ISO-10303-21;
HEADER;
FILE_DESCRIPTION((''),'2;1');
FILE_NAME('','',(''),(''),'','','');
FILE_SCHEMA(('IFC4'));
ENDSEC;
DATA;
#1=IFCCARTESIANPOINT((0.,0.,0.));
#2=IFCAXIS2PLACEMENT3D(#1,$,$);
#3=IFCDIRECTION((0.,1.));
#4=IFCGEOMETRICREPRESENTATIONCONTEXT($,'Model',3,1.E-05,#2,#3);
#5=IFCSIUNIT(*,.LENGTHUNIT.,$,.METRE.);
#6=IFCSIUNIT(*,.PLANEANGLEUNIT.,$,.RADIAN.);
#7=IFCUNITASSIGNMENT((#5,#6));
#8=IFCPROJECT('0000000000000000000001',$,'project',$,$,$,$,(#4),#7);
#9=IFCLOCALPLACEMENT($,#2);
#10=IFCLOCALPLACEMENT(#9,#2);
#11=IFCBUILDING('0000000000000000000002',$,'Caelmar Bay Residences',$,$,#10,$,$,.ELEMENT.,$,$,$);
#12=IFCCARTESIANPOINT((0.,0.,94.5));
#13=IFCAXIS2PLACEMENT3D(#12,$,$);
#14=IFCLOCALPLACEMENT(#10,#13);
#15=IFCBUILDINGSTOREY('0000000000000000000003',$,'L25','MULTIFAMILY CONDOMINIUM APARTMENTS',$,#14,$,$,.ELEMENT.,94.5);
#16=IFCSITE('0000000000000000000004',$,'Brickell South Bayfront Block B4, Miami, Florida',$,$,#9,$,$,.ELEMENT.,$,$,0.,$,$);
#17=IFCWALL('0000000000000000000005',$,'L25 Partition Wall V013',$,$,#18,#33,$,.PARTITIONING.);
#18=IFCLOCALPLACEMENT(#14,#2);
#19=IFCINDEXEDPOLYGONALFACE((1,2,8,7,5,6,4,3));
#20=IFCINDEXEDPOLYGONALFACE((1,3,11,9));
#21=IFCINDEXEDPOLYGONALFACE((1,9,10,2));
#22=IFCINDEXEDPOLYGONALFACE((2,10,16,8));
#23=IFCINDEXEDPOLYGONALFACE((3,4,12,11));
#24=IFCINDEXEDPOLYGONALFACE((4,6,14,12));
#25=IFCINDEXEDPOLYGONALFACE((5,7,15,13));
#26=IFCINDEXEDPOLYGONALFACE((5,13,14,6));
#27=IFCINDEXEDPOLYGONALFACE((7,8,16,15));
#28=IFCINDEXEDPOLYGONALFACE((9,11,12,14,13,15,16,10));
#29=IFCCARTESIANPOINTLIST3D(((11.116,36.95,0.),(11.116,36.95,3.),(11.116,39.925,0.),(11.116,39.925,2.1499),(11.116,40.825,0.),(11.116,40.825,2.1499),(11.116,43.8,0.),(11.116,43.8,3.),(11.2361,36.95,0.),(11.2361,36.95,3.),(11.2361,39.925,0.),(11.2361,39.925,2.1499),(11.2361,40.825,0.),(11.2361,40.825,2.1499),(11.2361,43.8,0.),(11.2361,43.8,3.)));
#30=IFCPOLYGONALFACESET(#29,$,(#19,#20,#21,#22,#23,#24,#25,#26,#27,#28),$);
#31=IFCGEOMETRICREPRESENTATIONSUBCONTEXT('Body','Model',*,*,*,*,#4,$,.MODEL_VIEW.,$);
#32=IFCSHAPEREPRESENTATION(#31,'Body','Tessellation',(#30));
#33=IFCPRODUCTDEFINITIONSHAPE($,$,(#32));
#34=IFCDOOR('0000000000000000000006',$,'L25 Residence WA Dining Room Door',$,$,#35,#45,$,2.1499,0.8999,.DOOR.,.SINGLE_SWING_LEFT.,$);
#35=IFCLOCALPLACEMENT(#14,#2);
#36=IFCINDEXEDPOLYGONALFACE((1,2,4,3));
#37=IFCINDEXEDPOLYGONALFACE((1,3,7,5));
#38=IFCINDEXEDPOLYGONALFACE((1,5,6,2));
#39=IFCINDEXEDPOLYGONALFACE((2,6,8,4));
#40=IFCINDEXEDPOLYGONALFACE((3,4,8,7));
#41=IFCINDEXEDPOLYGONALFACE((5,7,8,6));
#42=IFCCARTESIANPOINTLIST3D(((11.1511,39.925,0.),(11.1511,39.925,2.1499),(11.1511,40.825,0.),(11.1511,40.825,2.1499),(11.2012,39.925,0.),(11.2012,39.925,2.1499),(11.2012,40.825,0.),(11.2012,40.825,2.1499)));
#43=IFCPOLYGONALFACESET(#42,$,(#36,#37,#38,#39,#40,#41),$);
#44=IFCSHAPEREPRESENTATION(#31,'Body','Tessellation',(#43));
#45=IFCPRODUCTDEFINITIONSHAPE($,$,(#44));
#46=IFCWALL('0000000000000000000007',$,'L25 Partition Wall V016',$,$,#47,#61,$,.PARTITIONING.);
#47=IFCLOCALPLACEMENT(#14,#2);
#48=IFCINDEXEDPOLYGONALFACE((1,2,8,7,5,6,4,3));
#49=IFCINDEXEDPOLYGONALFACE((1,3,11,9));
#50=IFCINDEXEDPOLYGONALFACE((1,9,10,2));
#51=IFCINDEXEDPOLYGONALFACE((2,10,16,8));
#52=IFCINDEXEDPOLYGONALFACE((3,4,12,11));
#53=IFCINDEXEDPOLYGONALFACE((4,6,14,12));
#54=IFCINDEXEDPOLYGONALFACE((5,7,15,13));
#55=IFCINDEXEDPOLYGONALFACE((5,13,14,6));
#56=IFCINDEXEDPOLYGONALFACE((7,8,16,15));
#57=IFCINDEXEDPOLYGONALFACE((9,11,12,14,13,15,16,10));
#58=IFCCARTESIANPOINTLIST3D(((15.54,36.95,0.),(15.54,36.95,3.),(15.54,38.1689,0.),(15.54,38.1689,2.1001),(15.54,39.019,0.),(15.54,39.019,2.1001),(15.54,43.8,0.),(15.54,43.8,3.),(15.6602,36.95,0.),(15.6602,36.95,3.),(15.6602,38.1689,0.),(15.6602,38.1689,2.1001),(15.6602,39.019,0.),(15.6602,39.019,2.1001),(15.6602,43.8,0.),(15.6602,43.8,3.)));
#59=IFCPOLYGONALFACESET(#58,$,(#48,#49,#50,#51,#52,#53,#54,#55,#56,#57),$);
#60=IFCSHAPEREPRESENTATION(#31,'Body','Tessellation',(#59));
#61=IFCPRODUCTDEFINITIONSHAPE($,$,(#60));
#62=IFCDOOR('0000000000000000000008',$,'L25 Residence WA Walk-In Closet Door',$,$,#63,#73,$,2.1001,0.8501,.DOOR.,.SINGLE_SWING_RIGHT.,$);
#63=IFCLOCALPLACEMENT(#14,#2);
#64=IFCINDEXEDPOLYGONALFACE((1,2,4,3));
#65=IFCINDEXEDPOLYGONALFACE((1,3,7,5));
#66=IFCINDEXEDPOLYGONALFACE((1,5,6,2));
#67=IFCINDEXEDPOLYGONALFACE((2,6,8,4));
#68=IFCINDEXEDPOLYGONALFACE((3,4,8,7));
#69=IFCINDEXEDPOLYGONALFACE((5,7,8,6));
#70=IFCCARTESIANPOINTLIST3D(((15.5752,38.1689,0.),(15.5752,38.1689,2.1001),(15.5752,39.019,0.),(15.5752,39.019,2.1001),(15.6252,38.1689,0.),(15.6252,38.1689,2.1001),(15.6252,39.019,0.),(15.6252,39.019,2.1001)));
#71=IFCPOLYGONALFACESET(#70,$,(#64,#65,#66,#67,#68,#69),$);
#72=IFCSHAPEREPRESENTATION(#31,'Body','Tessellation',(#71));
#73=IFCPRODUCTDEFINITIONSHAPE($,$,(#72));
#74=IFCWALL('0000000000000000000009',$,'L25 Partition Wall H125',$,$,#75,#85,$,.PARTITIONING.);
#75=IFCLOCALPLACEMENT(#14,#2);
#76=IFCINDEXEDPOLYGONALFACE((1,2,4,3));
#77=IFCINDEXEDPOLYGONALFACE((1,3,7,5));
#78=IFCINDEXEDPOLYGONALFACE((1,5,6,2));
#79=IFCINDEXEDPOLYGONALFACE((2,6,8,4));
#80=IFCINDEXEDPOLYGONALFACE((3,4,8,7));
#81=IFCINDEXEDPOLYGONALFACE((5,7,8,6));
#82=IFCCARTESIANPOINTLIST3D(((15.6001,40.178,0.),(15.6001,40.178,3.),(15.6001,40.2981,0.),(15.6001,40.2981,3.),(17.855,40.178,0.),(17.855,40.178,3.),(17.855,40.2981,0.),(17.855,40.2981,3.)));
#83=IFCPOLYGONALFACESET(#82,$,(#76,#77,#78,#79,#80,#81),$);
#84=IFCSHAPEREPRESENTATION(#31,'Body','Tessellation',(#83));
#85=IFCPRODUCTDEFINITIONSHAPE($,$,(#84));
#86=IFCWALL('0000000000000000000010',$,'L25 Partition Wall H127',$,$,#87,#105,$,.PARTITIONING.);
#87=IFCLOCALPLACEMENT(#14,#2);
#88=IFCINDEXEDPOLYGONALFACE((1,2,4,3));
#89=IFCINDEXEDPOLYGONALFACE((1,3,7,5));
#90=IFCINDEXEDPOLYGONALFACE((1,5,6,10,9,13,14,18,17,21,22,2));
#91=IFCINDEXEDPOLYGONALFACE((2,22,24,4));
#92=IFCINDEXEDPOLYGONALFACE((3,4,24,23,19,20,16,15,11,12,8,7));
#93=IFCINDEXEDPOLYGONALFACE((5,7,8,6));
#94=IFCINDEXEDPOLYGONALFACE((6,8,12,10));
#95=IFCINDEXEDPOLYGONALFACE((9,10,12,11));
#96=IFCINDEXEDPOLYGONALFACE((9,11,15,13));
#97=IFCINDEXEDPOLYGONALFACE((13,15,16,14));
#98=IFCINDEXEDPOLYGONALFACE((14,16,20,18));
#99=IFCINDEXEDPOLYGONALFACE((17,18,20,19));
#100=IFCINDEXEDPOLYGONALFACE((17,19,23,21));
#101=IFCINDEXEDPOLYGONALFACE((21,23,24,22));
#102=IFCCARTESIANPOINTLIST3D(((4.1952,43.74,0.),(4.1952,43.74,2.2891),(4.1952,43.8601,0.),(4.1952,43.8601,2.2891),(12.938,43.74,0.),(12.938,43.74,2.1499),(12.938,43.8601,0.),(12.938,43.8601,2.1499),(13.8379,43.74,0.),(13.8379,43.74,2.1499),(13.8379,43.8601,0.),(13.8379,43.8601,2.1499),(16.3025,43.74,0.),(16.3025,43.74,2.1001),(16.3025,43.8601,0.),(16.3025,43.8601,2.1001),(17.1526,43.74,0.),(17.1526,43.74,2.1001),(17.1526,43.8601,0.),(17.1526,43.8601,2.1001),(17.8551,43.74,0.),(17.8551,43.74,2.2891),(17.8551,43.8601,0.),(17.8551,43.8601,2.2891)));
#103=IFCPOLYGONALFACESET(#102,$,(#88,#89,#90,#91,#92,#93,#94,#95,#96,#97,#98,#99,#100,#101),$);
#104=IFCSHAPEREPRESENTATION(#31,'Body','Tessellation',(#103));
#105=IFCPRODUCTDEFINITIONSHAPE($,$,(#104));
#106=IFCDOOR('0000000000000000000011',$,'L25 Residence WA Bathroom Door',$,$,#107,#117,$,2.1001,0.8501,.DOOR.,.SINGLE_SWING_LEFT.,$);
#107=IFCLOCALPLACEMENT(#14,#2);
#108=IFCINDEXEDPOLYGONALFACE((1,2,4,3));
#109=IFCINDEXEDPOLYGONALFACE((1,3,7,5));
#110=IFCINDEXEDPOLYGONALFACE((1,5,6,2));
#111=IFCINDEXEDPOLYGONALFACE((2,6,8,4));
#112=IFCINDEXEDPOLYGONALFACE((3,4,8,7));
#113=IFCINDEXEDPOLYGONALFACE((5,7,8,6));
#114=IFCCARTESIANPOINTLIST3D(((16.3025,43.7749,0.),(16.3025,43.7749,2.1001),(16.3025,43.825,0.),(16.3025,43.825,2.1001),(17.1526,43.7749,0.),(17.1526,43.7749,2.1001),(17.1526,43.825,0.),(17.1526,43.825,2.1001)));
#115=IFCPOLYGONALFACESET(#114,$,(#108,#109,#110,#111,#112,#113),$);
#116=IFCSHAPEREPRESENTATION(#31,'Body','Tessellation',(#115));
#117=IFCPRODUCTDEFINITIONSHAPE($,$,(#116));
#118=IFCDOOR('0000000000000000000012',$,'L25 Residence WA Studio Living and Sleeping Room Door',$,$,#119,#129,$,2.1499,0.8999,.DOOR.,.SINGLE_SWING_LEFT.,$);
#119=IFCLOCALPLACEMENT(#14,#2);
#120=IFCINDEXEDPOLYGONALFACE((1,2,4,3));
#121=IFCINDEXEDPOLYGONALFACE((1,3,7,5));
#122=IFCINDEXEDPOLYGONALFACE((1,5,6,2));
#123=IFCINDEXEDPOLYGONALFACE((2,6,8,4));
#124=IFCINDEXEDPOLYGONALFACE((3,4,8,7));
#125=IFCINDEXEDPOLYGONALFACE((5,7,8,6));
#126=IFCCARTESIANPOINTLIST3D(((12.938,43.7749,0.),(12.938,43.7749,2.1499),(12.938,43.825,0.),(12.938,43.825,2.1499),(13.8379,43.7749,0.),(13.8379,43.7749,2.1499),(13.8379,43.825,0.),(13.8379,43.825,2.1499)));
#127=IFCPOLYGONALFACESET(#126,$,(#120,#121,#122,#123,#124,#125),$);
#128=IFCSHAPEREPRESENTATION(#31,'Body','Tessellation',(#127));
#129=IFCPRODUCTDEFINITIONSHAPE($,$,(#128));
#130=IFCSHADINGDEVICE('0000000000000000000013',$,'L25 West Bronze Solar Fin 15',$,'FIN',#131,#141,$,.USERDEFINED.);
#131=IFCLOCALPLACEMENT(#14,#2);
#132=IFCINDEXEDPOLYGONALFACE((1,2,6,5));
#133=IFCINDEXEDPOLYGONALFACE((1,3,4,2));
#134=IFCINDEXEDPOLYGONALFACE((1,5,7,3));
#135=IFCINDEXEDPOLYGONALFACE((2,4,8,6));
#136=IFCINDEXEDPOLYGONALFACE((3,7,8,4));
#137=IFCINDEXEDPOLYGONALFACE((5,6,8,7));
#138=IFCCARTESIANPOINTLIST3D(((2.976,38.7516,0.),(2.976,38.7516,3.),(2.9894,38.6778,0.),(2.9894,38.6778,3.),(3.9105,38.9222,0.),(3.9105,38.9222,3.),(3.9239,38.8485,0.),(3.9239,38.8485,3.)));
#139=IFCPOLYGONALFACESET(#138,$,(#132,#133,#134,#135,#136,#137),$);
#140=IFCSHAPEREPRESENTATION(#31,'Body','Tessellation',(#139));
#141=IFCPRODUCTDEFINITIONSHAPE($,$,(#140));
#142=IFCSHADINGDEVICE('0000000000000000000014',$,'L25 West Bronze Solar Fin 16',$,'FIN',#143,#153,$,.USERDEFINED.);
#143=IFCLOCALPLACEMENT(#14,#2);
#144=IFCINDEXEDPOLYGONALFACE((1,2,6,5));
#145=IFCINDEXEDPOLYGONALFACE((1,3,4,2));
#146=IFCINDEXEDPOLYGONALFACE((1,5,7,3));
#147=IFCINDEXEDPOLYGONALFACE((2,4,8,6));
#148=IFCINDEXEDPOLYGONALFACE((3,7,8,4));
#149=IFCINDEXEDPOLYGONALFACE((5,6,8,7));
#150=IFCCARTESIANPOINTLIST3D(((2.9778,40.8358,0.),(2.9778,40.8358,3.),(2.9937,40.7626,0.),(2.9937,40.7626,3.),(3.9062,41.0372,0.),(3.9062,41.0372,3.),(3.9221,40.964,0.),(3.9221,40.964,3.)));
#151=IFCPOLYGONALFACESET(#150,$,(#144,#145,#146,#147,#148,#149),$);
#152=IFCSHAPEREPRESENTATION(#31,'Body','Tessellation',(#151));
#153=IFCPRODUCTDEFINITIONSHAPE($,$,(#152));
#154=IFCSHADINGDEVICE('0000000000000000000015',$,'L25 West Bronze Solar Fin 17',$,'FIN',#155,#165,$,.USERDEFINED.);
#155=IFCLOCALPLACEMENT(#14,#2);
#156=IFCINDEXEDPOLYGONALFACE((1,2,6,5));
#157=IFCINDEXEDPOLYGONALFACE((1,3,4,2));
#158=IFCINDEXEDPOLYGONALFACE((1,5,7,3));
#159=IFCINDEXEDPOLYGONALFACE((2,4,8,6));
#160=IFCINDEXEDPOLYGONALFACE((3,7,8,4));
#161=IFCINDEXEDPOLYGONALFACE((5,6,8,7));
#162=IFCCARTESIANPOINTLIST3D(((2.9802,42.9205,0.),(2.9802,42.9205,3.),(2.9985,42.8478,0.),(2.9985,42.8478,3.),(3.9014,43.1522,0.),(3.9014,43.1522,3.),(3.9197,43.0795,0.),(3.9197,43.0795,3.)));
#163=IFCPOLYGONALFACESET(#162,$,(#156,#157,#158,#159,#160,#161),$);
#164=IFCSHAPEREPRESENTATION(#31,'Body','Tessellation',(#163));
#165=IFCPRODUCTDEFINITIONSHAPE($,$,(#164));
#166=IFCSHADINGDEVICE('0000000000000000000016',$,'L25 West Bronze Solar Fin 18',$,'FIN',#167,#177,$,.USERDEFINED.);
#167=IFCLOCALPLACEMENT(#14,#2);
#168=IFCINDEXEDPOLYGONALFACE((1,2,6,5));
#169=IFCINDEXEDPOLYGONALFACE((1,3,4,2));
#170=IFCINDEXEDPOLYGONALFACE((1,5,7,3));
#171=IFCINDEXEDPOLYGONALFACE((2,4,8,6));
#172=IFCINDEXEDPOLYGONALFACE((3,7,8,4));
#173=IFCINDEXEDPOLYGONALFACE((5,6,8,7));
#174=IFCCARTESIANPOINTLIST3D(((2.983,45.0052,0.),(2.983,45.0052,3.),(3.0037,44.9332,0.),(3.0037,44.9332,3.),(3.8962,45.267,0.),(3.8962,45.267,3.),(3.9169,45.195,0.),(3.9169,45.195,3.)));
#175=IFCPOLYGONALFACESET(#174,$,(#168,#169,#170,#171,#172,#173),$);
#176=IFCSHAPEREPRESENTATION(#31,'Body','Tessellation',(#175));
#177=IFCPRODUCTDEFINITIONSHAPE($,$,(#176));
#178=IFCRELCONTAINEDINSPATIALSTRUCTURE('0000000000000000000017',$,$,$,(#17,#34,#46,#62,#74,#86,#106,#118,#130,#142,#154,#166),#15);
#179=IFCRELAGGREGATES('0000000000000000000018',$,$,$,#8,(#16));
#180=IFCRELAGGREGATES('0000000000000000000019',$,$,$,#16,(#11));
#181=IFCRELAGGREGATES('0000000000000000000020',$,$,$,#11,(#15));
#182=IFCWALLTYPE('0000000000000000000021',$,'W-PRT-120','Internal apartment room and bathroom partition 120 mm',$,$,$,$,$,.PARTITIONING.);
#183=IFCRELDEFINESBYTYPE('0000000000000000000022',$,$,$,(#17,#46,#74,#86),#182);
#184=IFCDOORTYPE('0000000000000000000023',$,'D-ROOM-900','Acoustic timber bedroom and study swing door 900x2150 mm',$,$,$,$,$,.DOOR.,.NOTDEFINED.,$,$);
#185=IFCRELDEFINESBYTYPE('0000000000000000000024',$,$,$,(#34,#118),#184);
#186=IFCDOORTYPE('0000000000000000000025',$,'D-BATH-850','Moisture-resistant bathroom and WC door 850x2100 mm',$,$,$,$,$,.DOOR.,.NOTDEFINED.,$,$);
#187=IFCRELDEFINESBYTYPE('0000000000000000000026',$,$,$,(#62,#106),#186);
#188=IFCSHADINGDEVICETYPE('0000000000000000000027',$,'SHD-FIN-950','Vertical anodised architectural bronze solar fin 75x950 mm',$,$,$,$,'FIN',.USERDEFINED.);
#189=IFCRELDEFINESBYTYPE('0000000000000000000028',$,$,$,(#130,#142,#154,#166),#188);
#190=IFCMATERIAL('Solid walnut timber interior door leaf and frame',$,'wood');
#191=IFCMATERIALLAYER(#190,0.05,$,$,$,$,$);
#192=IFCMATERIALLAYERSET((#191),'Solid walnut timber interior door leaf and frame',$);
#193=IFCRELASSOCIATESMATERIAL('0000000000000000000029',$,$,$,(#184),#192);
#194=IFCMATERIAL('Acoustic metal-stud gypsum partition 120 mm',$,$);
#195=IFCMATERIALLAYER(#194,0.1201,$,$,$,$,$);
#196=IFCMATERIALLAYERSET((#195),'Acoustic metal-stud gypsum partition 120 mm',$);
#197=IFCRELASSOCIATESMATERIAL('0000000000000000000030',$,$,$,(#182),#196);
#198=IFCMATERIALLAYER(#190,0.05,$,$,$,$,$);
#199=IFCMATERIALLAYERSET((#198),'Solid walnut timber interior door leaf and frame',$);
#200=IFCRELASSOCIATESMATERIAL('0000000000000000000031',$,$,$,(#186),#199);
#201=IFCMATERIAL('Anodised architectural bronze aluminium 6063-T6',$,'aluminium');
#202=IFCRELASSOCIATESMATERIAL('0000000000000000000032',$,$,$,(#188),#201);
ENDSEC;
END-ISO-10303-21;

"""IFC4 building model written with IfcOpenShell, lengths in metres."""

from ifc_helpers import new_model, si_unit, direction, frame, frame_2d, origin, origin_2d, place, context, subcontext, project, spatial, rectangle, extrude, material, layer, layer_set, material_profile, profile_set, type_object, element, fill, save


model = new_model("IFC4")

# Units and contexts
model_context = context("Model", 3, precision=1e-05, world=origin(), true_north=direction((0.0, 1.0)))
body_context = subcontext(model_context, "Body", "Model", "MODEL_VIEW")
ifc_project = project(units=[si_unit("LENGTHUNIT", "METRE"), si_unit("PLANEANGLEUNIT", "RADIAN")], contexts=[model_context])

# Site, building, storey
site_placement = place(None, origin())
site = spatial("IfcSite", under=ifc_project, at=site_placement, Name="Brickell South Bayfront Block B4, Miami, Florida", CompositionType="ELEMENT", RefElevation=0.0)
building_placement = place(site_placement, origin())
building = spatial("IfcBuilding", under=site, at=building_placement, Name="Caelmar Bay Residences", CompositionType="ELEMENT")
storey_placement = place(building_placement, frame((0.0, 0.0, 94.5)))
storey = spatial("IfcBuildingStorey", under=building, at=storey_placement, Name="L25", Description="MULTIFAMILY CONDOMINIUM APARTMENTS", CompositionType="ELEMENT", Elevation=94.5)

# Walls, openings, doors
ifc_material_1 = material(Name="Solid walnut timber interior door leaf and frame", Category="wood")
ifc_layer_1 = layer(ifc_material_1, 0.05)
ifc_layer_set_1 = layer_set([ifc_layer_1], Name="Solid walnut timber interior door leaf and frame")
door_type_1 = type_object("IfcDoorType", Name="D-ROOM-900", Description="Acoustic timber bedroom and study swing door 900x2150 mm", OperationType="NOTDEFINED", PredefinedType="DOOR", material=ifc_layer_set_1)
ifc_material_2 = material(Name="Acoustic metal-stud gypsum partition 120 mm")
ifc_layer_2 = layer(ifc_material_2, 0.1201)
ifc_layer_set_2 = layer_set([ifc_layer_2], Name="Acoustic metal-stud gypsum partition 120 mm")
wall_type_1 = type_object("IfcWallType", Name="W-PRT-120", Description="Internal apartment room and bathroom partition 120 mm", PredefinedType="PARTITIONING", material=ifc_layer_set_2)
wall_1_placement = place(storey_placement, frame((11.176, 36.95, 0.0), z_axis=(0.0, 0.0, 1.0), x_axis=(0.0, 1.0, 0.0)))
wall_1 = element("IfcWall", 1, at=wall_1_placement, inside=storey, type_object=wall_type_1, Name="L25 Partition Wall V013", PredefinedType="PARTITIONING", context=body_context, shape_type="SweptSolid", body=[
    extrude(rectangle(XDim=6.8501, YDim=0.1201, at=frame_2d((3.425, 0.0))), origin(), (0.0, 0.0, 1.0), 3.0),
])
opening_1_placement = place(wall_1_placement, frame((2.9751, 0.0, 0.0)))
opening_1 = element("IfcOpeningElement", 2, at=opening_1_placement, cuts=wall_1, PredefinedType="OPENING", context=body_context, shape_type="SweptSolid", body=[
    extrude(rectangle(XDim=0.8999, YDim=2.1499, at=frame_2d((0.45, 1.075))), frame((0.0, 0.0701, 0.0), z_axis=(0.0, -1.0, 0.0), x_axis=(1.0, 0.0, 0.0)), (0.0, 0.0, 1.0), 0.1401),
])
door_1_placement = place(opening_1_placement, origin())
door_1 = element("IfcDoor", 3, at=door_1_placement, inside=storey, type_object=door_type_1, Name="L25 Residence WA Dining Room Door", OperationType="SINGLE_SWING_LEFT", OverallHeight=2.1499, OverallWidth=0.8999, PredefinedType="DOOR", context=body_context, shape_type="SweptSolid", body=[
    extrude(rectangle(XDim=0.8999, YDim=2.1499, at=frame_2d((0.45, 1.075))), frame((0.0, 0.0249, 0.0), z_axis=(0.0, -1.0, 0.0), x_axis=(1.0, 0.0, 0.0)), (0.0, 0.0, 1.0), 0.05),
])
fill(opening_1, door_1)
wall_2_placement = place(storey_placement, frame((15.6001, 36.95, 0.0), z_axis=(0.0, 0.0, 1.0), x_axis=(0.0, 1.0, 0.0)))
wall_2 = element("IfcWall", 4, at=wall_2_placement, inside=storey, type_object=wall_type_1, Name="L25 Partition Wall V016", PredefinedType="PARTITIONING", context=body_context, shape_type="SweptSolid", body=[
    extrude(rectangle(XDim=6.8501, YDim=0.1201, at=frame_2d((3.425, 0.0))), origin(), (0.0, 0.0, 1.0), 3.0),
])
opening_2_placement = place(wall_2_placement, frame((1.219, 0.0, 0.0)))
opening_2 = element("IfcOpeningElement", 5, at=opening_2_placement, cuts=wall_2, PredefinedType="OPENING", context=body_context, shape_type="SweptSolid", body=[
    extrude(rectangle(XDim=0.8501, YDim=2.1001, at=frame_2d((0.425, 1.05))), frame((0.0, 0.0701, 0.0), z_axis=(0.0, -1.0, 0.0), x_axis=(1.0, 0.0, 0.0)), (0.0, 0.0, 1.0), 0.1401),
])
ifc_layer_3 = layer(ifc_material_1, 0.05)
ifc_layer_set_3 = layer_set([ifc_layer_3], Name="Solid walnut timber interior door leaf and frame")
door_type_2 = type_object("IfcDoorType", Name="D-BATH-850", Description="Moisture-resistant bathroom and WC door 850x2100 mm", OperationType="NOTDEFINED", PredefinedType="DOOR", material=ifc_layer_set_3)
door_2_placement = place(opening_2_placement, origin())
door_2 = element("IfcDoor", 6, at=door_2_placement, inside=storey, type_object=door_type_2, Name="L25 Residence WA Walk-In Closet Door", OperationType="SINGLE_SWING_RIGHT", OverallHeight=2.1001, OverallWidth=0.8501, PredefinedType="DOOR", context=body_context, shape_type="SweptSolid", body=[
    extrude(rectangle(XDim=0.8501, YDim=2.1001, at=frame_2d((0.425, 1.05))), frame((0.0, 0.0249, 0.0), z_axis=(0.0, -1.0, 0.0), x_axis=(1.0, 0.0, 0.0)), (0.0, 0.0, 1.0), 0.05),
])
fill(opening_2, door_2)

# Wall
wall_3_placement = place(storey_placement, frame((15.6001, 40.238, 0.0), z_axis=(0.0, 0.0, 1.0), x_axis=(1.0, 0.0, 0.0)))
element("IfcWall", 7, at=wall_3_placement, inside=storey, type_object=wall_type_1, Name="L25 Partition Wall H125", PredefinedType="PARTITIONING", context=body_context, shape_type="SweptSolid", body=[
    extrude(rectangle(XDim=2.2549, YDim=0.1201, at=frame_2d((1.1274, 0.0))), origin(), (0.0, 0.0, 1.0), 3.0),
])

# Wall, openings, doors
wall_4_placement = place(storey_placement, frame((4.1951, 43.8, 0.0), z_axis=(0.0, 0.0, 1.0), x_axis=(1.0, 0.0, 0.0)))
wall_4 = element("IfcWall", 8, at=wall_4_placement, inside=storey, type_object=wall_type_1, Name="L25 Partition Wall H127", PredefinedType="PARTITIONING", context=body_context, shape_type="SweptSolid", body=[
    extrude(rectangle(XDim=13.6599, YDim=0.1201, at=frame_2d((6.8301, 0.0))), origin(), (0.0, 0.0, 1.0), 2.2891),
])
opening_3_placement = place(wall_4_placement, frame((8.7429, 0.0, 0.0)))
opening_3 = element("IfcOpeningElement", 9, at=opening_3_placement, cuts=wall_4, PredefinedType="OPENING", context=body_context, shape_type="SweptSolid", body=[
    extrude(rectangle(XDim=0.8999, YDim=2.1499, at=frame_2d((0.45, 1.075))), frame((0.0, 0.0701, 0.0), z_axis=(0.0, -1.0, 0.0), x_axis=(1.0, 0.0, 0.0)), (0.0, 0.0, 1.0), 0.1401),
])
opening_4_placement = place(wall_4_placement, frame((12.1074, 0.0, 0.0)))
opening_4 = element("IfcOpeningElement", 10, at=opening_4_placement, cuts=wall_4, PredefinedType="OPENING", context=body_context, shape_type="SweptSolid", body=[
    extrude(rectangle(XDim=0.8501, YDim=2.1001, at=frame_2d((0.425, 1.05))), frame((0.0, 0.0701, 0.0), z_axis=(0.0, -1.0, 0.0), x_axis=(1.0, 0.0, 0.0)), (0.0, 0.0, 1.0), 0.1401),
])
door_3_placement = place(opening_4_placement, origin())
door_3 = element("IfcDoor", 11, at=door_3_placement, inside=storey, type_object=door_type_2, Name="L25 Residence WA Bathroom Door", OperationType="SINGLE_SWING_LEFT", OverallHeight=2.1001, OverallWidth=0.8501, PredefinedType="DOOR", context=body_context, shape_type="SweptSolid", body=[
    extrude(rectangle(XDim=0.8501, YDim=2.1001, at=frame_2d((0.425, 1.05))), frame((0.0, 0.0249, 0.0), z_axis=(0.0, -1.0, 0.0), x_axis=(1.0, 0.0, 0.0)), (0.0, 0.0, 1.0), 0.05),
])
fill(opening_4, door_3)
door_4_placement = place(opening_3_placement, origin())
door_4 = element("IfcDoor", 12, at=door_4_placement, inside=storey, type_object=door_type_1, Name="L25 Residence WA Studio Living and Sleeping Room Door", OperationType="SINGLE_SWING_LEFT", OverallHeight=2.1499, OverallWidth=0.8999, PredefinedType="DOOR", context=body_context, shape_type="SweptSolid", body=[
    extrude(rectangle(XDim=0.8999, YDim=2.1499, at=frame_2d((0.45, 1.075))), frame((0.0, 0.0249, 0.0), z_axis=(0.0, -1.0, 0.0), x_axis=(1.0, 0.0, 0.0)), (0.0, 0.0, 1.0), 0.05),
])
fill(opening_3, door_4)

# Shading devices
ifc_material_3 = material(Name="Anodised architectural bronze aluminium 6063-T6", Category="aluminium")
ifc_material_profile_1 = material_profile(ifc_material_3, rectangle(XDim=0.075, YDim=0.95, at=origin_2d()), Name="BRONZE-FIN-75X950")
ifc_profile_set_1 = profile_set([ifc_material_profile_1], Name="Anodised architectural bronze aluminium 6063-T6")
shading_device_type = type_object("IfcShadingDeviceType", Name="SHD-FIN-950", Description="Vertical anodised architectural bronze solar fin 75x950 mm", ElementType="FIN", PredefinedType="USERDEFINED", material=ifc_profile_set_1)
for number, where, z_axis, x_axis, name in (
    (13, (3.45, 38.8, 0.0), (0.0, 0.0, 1.0), (-0.179661, 0.983729, 0.0), "L25 West Bronze Solar Fin 15"),
    (14, (3.45, 40.8999, 0.0), (0.0, 0.0, 1.0), (-0.212007, 0.977268, 0.0), "L25 West Bronze Solar Fin 16"),
    (15, (3.45, 43.0, 0.0), (0.0, 0.0, 1.0), (-0.243954, 0.969787, 0.0), "L25 West Bronze Solar Fin 17"),
    (16, (3.45, 45.1001, 0.0), (0.0, 0.0, 1.0), (-0.275637, 0.961262, 0.0), "L25 West Bronze Solar Fin 18"),
):
    element("IfcShadingDevice", number, at=place(storey_placement, frame(where, z_axis=z_axis, x_axis=x_axis)), inside=storey, type_object=shading_device_type, Name=name, ObjectType="FIN", PredefinedType="USERDEFINED", context=body_context, shape_type="SweptSolid", body=[
        extrude(rectangle(XDim=0.075, YDim=0.95, at=origin_2d()), origin(), (0.0, 0.0, 1.0), 3.0),
    ])

save(model, "model.ifc")
